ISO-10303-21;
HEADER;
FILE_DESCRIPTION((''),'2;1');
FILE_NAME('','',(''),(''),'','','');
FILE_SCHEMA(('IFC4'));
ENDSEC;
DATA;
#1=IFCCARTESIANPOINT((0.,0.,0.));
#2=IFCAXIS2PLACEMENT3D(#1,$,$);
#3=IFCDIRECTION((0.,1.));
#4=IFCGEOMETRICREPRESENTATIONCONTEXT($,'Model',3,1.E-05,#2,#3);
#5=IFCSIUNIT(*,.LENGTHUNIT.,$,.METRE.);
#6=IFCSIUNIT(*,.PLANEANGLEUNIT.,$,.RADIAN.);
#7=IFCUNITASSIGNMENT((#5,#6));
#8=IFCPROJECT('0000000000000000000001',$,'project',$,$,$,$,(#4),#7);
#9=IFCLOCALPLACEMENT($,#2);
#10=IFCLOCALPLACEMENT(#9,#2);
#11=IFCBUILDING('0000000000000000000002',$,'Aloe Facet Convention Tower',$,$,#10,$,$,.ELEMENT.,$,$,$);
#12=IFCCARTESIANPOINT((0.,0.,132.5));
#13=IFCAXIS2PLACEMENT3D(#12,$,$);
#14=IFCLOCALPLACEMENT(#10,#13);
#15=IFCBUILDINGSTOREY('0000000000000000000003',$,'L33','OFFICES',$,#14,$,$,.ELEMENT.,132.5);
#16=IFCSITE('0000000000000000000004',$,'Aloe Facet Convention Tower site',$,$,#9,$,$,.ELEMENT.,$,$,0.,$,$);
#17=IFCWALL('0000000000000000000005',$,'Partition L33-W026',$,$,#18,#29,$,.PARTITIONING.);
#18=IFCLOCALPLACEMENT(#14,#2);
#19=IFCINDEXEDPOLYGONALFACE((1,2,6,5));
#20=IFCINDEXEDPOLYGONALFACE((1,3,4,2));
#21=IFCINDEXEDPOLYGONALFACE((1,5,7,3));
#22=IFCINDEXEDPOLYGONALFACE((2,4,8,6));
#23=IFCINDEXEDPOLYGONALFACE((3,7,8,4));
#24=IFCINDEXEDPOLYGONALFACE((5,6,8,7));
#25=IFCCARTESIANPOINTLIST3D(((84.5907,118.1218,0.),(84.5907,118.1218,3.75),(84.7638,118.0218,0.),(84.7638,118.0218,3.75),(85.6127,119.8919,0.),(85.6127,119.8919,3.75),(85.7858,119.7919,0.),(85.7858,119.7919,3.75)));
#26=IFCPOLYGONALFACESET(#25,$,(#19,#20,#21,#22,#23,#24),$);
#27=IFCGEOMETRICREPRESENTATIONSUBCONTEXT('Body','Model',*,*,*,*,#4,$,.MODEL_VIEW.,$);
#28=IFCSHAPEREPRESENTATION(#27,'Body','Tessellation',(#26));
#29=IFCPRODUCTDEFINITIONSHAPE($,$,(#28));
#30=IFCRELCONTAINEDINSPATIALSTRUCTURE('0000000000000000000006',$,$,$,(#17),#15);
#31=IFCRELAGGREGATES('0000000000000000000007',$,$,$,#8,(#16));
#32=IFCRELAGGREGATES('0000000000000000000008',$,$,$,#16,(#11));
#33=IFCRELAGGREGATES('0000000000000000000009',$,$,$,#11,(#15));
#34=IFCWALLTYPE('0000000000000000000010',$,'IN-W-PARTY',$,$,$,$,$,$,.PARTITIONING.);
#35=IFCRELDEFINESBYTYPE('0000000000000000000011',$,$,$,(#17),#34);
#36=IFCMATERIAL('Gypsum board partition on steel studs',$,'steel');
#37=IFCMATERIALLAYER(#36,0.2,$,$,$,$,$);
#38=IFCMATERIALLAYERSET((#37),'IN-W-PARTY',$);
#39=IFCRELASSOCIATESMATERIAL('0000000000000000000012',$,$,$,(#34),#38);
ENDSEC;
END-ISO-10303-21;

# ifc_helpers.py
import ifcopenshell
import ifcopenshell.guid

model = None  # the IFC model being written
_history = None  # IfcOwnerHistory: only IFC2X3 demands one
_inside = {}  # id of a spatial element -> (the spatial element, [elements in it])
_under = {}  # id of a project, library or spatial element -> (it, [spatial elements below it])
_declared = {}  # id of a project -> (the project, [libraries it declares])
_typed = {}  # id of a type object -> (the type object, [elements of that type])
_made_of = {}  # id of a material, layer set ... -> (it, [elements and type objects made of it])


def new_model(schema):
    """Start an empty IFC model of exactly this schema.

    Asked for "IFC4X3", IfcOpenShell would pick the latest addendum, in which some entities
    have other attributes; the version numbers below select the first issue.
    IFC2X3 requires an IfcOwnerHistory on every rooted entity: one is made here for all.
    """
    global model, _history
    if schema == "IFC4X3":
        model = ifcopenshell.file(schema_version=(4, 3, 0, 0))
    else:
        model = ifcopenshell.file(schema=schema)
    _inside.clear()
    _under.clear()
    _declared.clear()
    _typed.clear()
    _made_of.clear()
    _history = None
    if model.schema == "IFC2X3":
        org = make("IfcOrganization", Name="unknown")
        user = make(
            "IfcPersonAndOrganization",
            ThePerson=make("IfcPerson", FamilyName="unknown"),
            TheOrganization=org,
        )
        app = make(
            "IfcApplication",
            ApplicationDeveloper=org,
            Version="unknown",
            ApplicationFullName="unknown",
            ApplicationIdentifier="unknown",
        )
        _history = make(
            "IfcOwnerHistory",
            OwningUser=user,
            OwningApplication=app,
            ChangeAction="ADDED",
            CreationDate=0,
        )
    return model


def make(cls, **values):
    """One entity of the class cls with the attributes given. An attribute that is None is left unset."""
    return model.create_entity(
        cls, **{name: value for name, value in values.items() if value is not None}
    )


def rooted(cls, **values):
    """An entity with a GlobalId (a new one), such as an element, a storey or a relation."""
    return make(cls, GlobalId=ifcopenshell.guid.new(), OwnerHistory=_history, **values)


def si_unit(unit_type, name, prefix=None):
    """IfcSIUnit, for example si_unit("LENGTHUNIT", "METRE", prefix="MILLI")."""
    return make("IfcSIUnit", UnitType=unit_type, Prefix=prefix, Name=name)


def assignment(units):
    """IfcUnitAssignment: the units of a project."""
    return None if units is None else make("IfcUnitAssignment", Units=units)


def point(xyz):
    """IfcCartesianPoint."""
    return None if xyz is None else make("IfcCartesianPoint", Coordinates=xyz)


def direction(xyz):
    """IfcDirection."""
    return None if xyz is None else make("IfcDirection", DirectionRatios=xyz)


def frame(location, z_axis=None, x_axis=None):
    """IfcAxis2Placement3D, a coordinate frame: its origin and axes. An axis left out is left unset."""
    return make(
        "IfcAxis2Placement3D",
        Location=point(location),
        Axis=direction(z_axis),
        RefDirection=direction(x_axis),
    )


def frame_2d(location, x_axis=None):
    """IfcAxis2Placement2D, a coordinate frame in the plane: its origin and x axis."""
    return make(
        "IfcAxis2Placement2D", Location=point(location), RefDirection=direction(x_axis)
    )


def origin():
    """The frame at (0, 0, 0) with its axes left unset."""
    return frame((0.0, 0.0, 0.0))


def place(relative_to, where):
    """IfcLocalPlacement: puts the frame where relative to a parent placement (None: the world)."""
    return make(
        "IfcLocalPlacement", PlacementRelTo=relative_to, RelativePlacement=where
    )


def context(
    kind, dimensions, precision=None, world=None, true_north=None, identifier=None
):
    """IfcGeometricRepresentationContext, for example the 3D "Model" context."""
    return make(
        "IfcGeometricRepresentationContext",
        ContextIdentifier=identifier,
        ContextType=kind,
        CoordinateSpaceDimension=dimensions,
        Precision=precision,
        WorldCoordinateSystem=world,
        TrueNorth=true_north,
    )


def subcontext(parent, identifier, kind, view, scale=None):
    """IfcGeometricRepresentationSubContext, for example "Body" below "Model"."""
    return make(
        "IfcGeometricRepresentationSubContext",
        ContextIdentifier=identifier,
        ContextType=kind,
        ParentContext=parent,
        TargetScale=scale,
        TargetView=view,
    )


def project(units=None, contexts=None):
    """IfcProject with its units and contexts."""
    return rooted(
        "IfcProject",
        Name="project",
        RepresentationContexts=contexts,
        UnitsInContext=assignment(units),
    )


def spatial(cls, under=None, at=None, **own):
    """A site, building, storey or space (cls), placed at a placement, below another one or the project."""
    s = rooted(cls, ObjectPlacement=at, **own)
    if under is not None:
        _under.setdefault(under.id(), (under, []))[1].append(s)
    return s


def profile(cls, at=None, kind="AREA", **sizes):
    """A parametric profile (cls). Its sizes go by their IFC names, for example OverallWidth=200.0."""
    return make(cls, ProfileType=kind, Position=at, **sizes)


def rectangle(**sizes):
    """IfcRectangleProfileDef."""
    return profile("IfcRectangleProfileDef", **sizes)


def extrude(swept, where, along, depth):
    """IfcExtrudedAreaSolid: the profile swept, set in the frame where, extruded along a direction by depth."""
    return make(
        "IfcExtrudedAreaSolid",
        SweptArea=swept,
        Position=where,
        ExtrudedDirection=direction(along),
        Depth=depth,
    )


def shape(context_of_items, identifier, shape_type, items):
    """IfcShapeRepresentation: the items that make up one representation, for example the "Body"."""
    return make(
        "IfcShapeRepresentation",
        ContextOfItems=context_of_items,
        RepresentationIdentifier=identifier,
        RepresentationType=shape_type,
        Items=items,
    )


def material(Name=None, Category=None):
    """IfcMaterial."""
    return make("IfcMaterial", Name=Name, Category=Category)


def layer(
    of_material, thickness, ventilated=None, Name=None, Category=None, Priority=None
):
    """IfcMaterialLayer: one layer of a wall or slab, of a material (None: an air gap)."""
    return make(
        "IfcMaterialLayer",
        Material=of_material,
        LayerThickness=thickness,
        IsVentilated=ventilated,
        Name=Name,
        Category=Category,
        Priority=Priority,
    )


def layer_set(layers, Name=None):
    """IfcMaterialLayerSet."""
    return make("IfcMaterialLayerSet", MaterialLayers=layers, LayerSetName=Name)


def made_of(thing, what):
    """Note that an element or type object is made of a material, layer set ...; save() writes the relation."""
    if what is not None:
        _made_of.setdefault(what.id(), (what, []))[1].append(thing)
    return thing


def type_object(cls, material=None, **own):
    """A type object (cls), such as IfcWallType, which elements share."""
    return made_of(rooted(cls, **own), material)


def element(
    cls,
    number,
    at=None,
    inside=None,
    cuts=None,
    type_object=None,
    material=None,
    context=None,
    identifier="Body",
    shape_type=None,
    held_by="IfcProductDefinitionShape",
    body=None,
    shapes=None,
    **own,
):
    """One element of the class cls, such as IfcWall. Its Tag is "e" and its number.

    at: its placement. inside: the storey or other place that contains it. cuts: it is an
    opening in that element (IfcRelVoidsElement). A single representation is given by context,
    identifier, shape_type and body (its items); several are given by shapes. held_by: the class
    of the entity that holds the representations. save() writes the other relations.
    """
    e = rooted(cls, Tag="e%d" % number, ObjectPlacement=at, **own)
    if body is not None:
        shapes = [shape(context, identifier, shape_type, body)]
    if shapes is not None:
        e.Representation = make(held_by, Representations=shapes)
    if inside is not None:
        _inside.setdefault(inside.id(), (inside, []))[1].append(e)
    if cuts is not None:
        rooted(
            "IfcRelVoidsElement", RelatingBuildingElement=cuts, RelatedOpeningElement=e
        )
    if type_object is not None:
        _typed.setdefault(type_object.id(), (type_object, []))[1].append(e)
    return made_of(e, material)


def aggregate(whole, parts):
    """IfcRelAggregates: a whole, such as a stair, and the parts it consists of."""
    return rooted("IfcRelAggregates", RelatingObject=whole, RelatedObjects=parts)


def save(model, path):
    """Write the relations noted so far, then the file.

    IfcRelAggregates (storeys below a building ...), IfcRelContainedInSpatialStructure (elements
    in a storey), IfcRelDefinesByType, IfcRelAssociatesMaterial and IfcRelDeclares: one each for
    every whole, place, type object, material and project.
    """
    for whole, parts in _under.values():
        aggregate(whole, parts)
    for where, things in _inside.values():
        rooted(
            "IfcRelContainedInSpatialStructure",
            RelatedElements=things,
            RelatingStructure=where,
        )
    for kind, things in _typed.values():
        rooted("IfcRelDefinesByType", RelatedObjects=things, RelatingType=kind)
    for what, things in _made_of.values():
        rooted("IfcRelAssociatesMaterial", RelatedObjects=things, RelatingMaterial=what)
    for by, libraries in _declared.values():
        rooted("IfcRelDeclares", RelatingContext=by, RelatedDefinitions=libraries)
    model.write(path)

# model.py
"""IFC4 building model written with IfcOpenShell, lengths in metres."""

from ifc_helpers import new_model, si_unit, direction, frame, frame_2d, origin, place, context, subcontext, project, spatial, rectangle, extrude, material, layer, layer_set, type_object, element, save


model = new_model("IFC4")

# Units and contexts
model_context = context("Model", 3, precision=1e-05, world=origin(), true_north=direction((0.0, 1.0)))
body_context = subcontext(model_context, "Body", "Model", "MODEL_VIEW")
ifc_project = project(units=[si_unit("LENGTHUNIT", "METRE"), si_unit("PLANEANGLEUNIT", "RADIAN")], contexts=[model_context])

# Site, building, storey
site_placement = place(None, origin())
site = spatial("IfcSite", under=ifc_project, at=site_placement, Name="Aloe Facet Convention Tower site", CompositionType="ELEMENT", RefElevation=0.0)
building_placement = place(site_placement, origin())
building = spatial("IfcBuilding", under=site, at=building_placement, Name="Aloe Facet Convention Tower", CompositionType="ELEMENT")
storey_placement = place(building_placement, frame((0.0, 0.0, 132.5)))
storey = spatial("IfcBuildingStorey", under=building, at=storey_placement, Name="L33", Description="OFFICES", CompositionType="ELEMENT", Elevation=132.5)

# Wall
ifc_material_1 = material(Name="Gypsum board partition on steel studs", Category="steel")
ifc_layer_1 = layer(ifc_material_1, 0.2)
ifc_layer_set_1 = layer_set([ifc_layer_1], Name="IN-W-PARTY")
wall_type_1 = type_object("IfcWallType", Name="IN-W-PARTY", PredefinedType="PARTITIONING", material=ifc_layer_set_1)
wall_1_placement = place(storey_placement, frame((84.6772, 118.0718, 0.0), z_axis=(0.0, 0.0, 1.0), x_axis=(0.500019, 0.866015, 0.0)))
element("IfcWall", 1, at=wall_1_placement, inside=storey, type_object=wall_type_1, Name="Partition L33-W026", PredefinedType="PARTITIONING", context=body_context, shape_type="SweptSolid", body=[
    extrude(rectangle(XDim=2.0439, YDim=0.2, at=frame_2d((1.022, 0.0))), origin(), (0.0, 0.0, 1.0), 3.75),
])

save(model, "model.ifc")
